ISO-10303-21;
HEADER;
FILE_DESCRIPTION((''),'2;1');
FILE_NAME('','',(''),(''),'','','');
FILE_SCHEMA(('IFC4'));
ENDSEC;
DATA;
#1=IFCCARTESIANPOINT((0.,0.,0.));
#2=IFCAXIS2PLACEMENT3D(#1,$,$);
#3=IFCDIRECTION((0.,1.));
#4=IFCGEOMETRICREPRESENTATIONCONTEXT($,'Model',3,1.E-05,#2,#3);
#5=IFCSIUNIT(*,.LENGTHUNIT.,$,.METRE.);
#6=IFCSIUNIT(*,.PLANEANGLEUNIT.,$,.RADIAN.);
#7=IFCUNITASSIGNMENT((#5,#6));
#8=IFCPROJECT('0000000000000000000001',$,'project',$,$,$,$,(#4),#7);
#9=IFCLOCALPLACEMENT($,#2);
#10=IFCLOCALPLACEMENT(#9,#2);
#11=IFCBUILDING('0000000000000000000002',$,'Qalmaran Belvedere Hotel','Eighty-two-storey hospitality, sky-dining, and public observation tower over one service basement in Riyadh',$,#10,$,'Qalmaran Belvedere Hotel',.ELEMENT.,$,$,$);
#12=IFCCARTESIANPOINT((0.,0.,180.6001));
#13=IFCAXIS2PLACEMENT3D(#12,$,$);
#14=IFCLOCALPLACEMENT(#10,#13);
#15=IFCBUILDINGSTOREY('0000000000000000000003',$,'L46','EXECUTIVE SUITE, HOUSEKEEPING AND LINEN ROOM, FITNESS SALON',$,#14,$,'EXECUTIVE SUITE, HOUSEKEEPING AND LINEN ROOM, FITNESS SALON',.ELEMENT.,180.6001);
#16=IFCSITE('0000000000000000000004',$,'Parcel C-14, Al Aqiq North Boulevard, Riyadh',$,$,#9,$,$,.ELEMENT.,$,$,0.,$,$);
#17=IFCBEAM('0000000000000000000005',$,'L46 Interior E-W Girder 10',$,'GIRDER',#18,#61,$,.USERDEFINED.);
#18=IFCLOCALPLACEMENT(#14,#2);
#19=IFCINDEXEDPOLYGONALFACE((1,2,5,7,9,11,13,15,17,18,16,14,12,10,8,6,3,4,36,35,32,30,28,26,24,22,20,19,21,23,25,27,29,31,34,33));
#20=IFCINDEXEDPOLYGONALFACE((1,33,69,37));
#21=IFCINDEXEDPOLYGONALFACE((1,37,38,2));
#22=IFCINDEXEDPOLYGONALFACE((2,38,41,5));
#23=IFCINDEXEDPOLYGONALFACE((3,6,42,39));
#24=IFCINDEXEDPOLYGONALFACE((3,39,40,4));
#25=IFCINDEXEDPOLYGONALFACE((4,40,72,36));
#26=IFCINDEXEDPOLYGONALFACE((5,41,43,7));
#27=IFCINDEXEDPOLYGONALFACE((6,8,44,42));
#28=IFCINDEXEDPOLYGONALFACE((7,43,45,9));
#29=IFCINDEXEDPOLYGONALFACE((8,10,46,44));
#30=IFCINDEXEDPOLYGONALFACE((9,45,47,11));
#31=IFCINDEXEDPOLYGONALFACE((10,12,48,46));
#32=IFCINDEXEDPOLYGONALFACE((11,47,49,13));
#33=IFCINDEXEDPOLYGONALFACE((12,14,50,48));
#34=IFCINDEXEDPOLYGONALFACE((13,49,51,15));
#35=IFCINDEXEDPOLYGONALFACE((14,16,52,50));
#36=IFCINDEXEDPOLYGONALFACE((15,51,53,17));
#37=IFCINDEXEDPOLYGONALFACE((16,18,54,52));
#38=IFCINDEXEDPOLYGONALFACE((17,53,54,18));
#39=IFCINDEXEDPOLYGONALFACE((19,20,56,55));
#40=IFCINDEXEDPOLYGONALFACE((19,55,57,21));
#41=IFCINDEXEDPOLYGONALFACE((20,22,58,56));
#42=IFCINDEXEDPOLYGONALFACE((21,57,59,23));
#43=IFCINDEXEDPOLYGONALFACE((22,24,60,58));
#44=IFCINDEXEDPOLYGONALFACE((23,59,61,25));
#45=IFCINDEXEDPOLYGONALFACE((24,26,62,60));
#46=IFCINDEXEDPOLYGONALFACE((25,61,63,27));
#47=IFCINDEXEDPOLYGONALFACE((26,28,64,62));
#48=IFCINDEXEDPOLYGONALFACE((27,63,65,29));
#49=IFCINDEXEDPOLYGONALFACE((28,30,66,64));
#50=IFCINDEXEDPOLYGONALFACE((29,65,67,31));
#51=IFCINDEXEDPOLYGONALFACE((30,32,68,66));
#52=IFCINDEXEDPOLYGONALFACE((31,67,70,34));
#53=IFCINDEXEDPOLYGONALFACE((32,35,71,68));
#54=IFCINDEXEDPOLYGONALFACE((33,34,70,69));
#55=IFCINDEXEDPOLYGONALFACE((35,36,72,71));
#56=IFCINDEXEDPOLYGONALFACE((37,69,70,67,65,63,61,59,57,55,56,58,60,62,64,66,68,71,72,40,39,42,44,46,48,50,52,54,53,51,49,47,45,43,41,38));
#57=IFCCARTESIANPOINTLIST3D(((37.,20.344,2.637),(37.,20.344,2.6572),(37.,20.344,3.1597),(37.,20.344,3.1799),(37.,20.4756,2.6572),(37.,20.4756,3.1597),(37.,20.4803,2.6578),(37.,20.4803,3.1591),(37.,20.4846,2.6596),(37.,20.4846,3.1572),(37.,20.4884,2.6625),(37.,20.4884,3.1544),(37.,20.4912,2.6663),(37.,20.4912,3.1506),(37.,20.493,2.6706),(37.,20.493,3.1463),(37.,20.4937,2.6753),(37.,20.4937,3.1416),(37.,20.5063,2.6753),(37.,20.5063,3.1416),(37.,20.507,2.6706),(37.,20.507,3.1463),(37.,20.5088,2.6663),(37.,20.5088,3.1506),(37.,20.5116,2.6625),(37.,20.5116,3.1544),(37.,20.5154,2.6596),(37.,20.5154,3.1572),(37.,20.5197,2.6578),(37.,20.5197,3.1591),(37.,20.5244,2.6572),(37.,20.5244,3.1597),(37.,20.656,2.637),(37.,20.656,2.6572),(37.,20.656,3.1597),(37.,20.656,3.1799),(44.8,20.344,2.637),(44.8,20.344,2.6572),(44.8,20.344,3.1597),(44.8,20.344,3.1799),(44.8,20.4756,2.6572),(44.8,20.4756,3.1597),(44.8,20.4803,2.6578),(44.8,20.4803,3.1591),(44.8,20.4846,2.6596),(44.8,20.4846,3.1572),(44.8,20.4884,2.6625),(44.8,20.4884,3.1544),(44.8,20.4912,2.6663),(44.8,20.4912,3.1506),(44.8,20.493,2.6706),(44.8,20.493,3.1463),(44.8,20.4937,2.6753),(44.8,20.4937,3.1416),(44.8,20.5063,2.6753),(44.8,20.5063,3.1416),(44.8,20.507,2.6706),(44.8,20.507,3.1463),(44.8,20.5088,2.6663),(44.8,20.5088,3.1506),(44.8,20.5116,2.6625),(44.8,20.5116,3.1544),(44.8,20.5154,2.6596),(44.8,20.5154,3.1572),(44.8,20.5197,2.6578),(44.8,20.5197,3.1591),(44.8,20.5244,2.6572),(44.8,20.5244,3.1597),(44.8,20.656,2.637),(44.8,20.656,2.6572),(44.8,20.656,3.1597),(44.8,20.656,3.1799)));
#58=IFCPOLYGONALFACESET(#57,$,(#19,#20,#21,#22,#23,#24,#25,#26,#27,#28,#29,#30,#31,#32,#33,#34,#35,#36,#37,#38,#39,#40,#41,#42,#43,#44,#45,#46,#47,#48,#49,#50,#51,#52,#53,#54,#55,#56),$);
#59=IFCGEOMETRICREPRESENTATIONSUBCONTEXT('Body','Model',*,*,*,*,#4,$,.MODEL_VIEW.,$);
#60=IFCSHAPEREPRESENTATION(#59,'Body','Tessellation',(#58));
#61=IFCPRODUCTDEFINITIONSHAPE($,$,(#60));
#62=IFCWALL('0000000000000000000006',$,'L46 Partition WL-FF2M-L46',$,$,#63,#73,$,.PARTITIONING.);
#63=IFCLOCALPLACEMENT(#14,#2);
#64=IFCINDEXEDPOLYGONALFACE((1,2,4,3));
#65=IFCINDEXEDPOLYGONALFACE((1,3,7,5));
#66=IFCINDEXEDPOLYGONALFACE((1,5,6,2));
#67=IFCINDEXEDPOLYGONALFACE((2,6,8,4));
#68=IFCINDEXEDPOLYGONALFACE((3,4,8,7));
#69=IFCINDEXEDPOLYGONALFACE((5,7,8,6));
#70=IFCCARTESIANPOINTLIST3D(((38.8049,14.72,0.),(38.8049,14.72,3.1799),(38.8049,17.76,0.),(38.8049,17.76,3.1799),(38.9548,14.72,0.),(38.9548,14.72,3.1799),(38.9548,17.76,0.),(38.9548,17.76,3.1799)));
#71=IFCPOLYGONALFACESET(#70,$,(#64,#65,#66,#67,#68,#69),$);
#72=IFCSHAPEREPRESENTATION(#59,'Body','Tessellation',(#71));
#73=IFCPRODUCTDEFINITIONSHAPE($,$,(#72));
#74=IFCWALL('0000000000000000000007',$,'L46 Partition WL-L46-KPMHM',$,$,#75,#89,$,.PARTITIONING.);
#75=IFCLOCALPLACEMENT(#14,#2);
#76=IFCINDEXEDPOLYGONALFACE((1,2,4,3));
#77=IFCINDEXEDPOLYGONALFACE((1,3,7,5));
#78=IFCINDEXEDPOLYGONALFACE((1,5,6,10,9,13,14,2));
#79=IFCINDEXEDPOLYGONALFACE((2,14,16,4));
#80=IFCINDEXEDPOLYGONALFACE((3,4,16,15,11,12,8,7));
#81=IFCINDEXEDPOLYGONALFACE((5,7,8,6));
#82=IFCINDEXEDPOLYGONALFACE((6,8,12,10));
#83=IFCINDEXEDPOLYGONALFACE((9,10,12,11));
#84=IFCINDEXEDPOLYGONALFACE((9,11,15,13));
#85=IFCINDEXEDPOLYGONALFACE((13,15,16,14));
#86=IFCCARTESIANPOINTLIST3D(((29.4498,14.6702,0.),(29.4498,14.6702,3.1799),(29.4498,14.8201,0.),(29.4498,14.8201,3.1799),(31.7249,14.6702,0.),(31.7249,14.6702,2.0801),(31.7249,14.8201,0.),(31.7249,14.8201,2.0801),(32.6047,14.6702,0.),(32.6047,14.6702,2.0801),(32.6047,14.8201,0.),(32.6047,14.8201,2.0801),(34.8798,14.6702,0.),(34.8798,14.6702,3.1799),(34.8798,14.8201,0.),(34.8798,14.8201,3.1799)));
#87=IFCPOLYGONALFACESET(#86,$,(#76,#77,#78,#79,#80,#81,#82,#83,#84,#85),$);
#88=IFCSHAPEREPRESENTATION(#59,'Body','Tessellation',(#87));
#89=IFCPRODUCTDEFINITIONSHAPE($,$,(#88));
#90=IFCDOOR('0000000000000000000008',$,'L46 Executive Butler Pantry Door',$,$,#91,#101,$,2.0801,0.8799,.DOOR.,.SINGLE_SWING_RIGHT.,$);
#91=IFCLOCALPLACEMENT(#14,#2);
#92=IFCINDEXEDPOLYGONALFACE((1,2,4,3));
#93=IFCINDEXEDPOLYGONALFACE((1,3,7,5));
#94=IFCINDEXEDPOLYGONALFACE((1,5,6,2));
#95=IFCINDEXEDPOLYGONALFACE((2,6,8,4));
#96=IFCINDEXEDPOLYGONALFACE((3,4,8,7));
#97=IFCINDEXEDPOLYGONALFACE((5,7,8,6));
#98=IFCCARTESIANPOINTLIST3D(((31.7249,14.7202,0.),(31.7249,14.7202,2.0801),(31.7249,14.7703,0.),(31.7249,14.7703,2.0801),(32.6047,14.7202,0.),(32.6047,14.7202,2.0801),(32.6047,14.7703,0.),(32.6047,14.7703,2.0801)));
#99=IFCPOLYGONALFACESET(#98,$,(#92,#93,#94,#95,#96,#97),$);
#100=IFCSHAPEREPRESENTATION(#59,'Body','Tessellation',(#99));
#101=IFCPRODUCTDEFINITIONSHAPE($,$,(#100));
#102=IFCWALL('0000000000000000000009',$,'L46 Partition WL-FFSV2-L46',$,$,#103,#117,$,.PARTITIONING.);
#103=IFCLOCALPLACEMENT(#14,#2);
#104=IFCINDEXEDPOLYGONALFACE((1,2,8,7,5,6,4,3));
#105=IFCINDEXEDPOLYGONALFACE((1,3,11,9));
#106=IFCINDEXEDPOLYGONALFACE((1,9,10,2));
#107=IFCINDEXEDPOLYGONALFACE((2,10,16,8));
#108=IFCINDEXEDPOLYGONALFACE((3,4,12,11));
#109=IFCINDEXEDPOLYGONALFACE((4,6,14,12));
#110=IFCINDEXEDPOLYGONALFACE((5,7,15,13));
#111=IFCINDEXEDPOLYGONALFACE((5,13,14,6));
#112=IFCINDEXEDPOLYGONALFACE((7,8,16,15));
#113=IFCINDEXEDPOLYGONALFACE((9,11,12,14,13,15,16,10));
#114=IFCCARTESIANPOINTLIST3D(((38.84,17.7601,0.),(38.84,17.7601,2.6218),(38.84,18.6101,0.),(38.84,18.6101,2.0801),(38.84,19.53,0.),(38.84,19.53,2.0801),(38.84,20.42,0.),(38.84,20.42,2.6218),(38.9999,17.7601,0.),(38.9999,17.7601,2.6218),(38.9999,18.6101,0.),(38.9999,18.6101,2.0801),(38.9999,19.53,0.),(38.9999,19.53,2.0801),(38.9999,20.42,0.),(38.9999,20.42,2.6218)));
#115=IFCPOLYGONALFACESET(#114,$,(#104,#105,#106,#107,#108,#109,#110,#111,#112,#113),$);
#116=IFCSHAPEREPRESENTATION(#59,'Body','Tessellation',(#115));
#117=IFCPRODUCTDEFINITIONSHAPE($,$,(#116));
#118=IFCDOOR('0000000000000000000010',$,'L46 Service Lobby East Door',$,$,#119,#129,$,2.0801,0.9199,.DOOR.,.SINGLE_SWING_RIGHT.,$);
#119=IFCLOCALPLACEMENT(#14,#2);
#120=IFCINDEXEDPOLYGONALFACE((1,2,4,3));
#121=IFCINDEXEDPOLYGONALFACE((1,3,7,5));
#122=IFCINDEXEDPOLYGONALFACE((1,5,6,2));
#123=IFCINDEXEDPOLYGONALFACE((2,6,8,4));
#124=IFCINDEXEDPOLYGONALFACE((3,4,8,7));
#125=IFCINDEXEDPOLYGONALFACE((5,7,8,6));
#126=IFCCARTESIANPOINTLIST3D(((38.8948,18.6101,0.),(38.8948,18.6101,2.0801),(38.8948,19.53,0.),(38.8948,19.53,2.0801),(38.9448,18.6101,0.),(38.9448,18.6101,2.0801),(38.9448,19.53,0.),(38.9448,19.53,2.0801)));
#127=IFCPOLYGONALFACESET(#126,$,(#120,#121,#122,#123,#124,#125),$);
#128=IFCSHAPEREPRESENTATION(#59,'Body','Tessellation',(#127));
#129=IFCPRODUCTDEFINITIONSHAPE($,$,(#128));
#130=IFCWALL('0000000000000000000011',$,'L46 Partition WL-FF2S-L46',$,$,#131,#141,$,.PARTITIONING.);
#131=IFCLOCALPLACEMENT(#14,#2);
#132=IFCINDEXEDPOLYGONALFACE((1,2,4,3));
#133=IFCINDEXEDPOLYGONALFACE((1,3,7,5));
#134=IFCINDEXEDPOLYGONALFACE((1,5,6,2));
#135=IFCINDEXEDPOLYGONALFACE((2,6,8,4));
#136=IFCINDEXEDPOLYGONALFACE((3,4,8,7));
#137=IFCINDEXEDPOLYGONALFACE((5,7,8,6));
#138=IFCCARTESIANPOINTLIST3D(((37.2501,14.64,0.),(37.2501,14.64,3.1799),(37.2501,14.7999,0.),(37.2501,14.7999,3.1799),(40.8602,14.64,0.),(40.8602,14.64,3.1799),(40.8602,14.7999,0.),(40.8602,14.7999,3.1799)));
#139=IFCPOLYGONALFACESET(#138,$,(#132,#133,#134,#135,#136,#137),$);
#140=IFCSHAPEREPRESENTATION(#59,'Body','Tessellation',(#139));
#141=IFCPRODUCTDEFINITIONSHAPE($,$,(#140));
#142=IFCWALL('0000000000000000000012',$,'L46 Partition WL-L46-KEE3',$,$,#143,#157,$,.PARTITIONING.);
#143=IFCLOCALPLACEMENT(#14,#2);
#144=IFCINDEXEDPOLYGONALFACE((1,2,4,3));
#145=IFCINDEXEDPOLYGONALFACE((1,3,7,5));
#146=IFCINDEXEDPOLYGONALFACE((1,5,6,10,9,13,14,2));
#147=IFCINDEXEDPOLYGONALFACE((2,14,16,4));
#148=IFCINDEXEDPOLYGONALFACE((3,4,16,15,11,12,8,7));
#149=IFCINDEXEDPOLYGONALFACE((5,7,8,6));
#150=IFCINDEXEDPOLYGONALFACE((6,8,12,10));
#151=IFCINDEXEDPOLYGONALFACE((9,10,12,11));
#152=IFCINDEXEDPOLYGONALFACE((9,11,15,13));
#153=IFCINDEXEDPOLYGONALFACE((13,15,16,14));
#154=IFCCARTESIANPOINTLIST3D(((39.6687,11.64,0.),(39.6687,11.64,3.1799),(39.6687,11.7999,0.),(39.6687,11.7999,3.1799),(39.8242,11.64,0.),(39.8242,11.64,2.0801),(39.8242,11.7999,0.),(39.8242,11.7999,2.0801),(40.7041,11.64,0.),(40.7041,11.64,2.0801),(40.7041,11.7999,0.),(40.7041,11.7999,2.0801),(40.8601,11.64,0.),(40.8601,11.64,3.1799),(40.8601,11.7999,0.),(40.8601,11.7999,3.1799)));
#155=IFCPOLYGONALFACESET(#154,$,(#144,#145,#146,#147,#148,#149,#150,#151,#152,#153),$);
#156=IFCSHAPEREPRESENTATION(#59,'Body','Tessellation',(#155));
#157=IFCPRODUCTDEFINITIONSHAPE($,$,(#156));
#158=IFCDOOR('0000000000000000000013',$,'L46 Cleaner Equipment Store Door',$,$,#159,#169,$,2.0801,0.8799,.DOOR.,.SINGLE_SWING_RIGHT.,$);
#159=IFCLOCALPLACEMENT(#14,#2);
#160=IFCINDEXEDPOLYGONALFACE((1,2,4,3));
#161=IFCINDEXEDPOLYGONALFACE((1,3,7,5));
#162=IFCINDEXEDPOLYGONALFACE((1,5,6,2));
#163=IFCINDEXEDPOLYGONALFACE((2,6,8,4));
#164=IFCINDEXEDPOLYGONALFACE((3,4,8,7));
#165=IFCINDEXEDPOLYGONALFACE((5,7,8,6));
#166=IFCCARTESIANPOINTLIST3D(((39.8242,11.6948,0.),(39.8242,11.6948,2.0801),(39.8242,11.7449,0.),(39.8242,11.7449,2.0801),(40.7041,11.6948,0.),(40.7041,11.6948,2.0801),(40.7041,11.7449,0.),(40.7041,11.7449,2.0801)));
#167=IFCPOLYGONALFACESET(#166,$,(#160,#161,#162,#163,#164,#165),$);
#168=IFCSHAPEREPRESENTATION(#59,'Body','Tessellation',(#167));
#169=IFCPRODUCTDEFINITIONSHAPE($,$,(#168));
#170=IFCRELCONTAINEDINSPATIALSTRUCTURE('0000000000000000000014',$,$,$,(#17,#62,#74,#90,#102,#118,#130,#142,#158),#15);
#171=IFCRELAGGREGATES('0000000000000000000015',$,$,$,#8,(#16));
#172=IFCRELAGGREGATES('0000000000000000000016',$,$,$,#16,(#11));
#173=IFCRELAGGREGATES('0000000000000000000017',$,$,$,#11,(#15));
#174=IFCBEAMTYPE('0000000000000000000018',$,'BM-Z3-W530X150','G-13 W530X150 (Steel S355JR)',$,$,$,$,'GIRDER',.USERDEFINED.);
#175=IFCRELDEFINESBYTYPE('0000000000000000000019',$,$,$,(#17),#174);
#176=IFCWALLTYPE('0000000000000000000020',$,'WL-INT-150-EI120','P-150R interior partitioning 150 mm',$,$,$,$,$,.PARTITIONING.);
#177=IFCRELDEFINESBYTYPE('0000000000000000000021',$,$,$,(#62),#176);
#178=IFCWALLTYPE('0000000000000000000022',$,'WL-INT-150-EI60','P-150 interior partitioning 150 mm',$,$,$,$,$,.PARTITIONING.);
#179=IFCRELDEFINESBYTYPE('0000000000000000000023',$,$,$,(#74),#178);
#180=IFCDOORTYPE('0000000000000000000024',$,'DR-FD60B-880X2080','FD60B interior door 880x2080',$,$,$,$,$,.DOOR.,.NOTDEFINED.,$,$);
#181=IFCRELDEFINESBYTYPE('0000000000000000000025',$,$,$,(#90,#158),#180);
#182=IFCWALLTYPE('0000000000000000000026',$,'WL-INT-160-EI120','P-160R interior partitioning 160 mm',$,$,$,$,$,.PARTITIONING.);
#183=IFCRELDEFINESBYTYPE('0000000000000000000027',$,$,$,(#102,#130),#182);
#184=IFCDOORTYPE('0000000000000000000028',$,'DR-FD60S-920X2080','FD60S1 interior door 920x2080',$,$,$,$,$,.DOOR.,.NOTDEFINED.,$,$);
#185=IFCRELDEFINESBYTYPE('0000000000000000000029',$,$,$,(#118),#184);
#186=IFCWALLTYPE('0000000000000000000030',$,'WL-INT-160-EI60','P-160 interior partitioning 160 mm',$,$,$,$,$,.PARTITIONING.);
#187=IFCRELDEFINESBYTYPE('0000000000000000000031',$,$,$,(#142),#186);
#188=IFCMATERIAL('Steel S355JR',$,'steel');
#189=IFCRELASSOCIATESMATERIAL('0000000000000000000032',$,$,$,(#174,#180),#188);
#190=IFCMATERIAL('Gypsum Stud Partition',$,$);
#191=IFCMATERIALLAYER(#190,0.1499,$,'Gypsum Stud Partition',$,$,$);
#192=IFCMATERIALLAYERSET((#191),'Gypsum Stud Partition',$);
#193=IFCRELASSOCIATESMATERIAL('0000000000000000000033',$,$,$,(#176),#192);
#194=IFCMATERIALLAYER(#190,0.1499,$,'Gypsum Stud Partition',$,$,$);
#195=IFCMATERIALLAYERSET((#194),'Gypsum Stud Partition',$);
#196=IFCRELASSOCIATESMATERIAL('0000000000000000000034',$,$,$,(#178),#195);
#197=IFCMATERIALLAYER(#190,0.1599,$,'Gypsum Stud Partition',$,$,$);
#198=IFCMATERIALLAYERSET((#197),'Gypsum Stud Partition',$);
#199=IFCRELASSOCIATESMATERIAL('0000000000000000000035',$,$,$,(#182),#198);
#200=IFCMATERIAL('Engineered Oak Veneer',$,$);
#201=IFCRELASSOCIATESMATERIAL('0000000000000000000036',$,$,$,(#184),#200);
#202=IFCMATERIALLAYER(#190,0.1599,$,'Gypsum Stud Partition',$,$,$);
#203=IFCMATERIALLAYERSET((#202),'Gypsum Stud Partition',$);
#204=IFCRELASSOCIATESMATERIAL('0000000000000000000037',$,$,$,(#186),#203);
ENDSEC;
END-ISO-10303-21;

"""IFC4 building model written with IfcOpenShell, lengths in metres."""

from ifc_helpers import new_model, si_unit, direction, frame, frame_2d, origin, origin_2d, place, context, subcontext, project, spatial, rectangle, i_section, extrude, material, layer, layer_set, material_profile, profile_set, type_object, element, fill, save


model = new_model("IFC4")

# Units and contexts
model_context = context("Model", 3, precision=1e-05, world=origin(), true_north=direction((0.0, 1.0)))
body_context = subcontext(model_context, "Body", "Model", "MODEL_VIEW")
ifc_project = project(units=[si_unit("LENGTHUNIT", "METRE"), si_unit("PLANEANGLEUNIT", "RADIAN")], contexts=[model_context])

# Site, building, storey
site_placement = place(None, origin())
site = spatial("IfcSite", under=ifc_project, at=site_placement, Name="Parcel C-14, Al Aqiq North Boulevard, Riyadh", CompositionType="ELEMENT", RefElevation=0.0)
building_placement = place(site_placement, origin())
building = spatial("IfcBuilding", under=site, at=building_placement, Name="Qalmaran Belvedere Hotel", Description="Eighty-two-storey hospitality, sky-dining, and public observation tower over one service basement in Riyadh", LongName="Qalmaran Belvedere Hotel", CompositionType="ELEMENT")
storey_placement = place(building_placement, frame((0.0, 0.0, 180.6001)))
storey = spatial("IfcBuildingStorey", under=building, at=storey_placement, Name="L46", Description="EXECUTIVE SUITE, HOUSEKEEPING AND LINEN ROOM, FITNESS SALON", LongName="EXECUTIVE SUITE, HOUSEKEEPING AND LINEN ROOM, FITNESS SALON", CompositionType="ELEMENT", Elevation=180.6001)

# Beam
ifc_material_1 = material(Name="Steel S355JR", Category="steel")
ifc_material_profile_1 = material_profile(ifc_material_1, i_section(OverallWidth=0.312, OverallDepth=0.543, WebThickness=0.0127, FlangeThickness=0.0203, FilletRadius=0.0181, at=origin_2d()), Name="W530X150")
ifc_profile_set_1 = profile_set([ifc_material_profile_1], Name="Steel S355JR")
beam_type_1 = type_object("IfcBeamType", Name="BM-Z3-W530X150", Description="G-13 W530X150 (Steel S355JR)", ElementType="GIRDER", PredefinedType="USERDEFINED", material=ifc_profile_set_1)
for number, where, z_axis, x_axis, name in (
    (1, (37.0, 20.5, 2.9084), (1.0, 0.0, 0.0), (0.0, 1.0, 0.0), "L46 Interior E-W Girder 10"),
):
    element("IfcBeam", number, at=place(storey_placement, frame(where, z_axis=z_axis, x_axis=x_axis)), inside=storey, type_object=beam_type_1, Name=name, ObjectType="GIRDER", PredefinedType="USERDEFINED", context=body_context, shape_type="SweptSolid", body=[
        extrude(i_section(OverallWidth=0.312, OverallDepth=0.543, WebThickness=0.0127, FlangeThickness=0.0203, FilletRadius=0.0181, at=origin_2d()), origin(), (0.0, 0.0, 1.0), 7.8),
    ])

# Wall
ifc_material_2 = material(Name="Gypsum Stud Partition")
ifc_layer_1 = layer(ifc_material_2, 0.1499, Name="Gypsum Stud Partition")
ifc_layer_set_1 = layer_set([ifc_layer_1], Name="Gypsum Stud Partition")
wall_type_1 = type_object("IfcWallType", Name="WL-INT-150-EI120", Description="P-150R interior partitioning 150 mm", PredefinedType="PARTITIONING", material=ifc_layer_set_1)
wall_1_placement = place(storey_placement, frame((38.8799, 14.72, 0.0), z_axis=(0.0, 0.0, 1.0), x_axis=(0.0, 1.0, 0.0)))
element("IfcWall", 2, at=wall_1_placement, inside=storey, type_object=wall_type_1, Name="L46 Partition WL-FF2M-L46", PredefinedType="PARTITIONING", context=body_context, shape_type="SweptSolid", body=[
    extrude(rectangle(XDim=3.04, YDim=0.1499, at=frame_2d((1.52, 0.0))), origin(), (0.0, 0.0, 1.0), 3.1799),
])
ifc_layer_2 = layer(ifc_material_2, 0.1499, Name="Gypsum Stud Partition")
ifc_layer_set_2 = layer_set([ifc_layer_2], Name="Gypsum Stud Partition")
wall_type_2 = type_object("IfcWallType", Name="WL-INT-150-EI60", Description="P-150 interior partitioning 150 mm", PredefinedType="PARTITIONING", material=ifc_layer_set_2)

# Walls, openings, doors
wall_2_placement = place(storey_placement, frame((29.45, 14.7451, 0.0), z_axis=(0.0, 0.0, 1.0), x_axis=(1.0, 0.0, 0.0)))
wall_2 = element("IfcWall", 3, at=wall_2_placement, inside=storey, type_object=wall_type_2, Name="L46 Partition WL-L46-KPMHM", PredefinedType="PARTITIONING", context=body_context, shape_type="SweptSolid", body=[
    extrude(rectangle(XDim=5.4299, YDim=0.1499, at=frame_2d((2.7148, 0.0))), origin(), (0.0, 0.0, 1.0), 3.1799),
])
opening_1_placement = place(wall_2_placement, frame((3.1548, 0.0, 0.0), z_axis=(0.0, 0.0, 1.0), x_axis=(-1.0, 0.0, 0.0)))
opening_1 = element("IfcOpeningElement", 4, at=opening_1_placement, cuts=wall_2, PredefinedType="OPENING", context=body_context, shape_type="SweptSolid", body=[
    extrude(rectangle(XDim=0.8799, YDim=2.0801, at=frame_2d((0.4399, 1.04))), frame((0.0, 0.085, 0.0), z_axis=(0.0, -1.0, 0.0), x_axis=(1.0, 0.0, 0.0)), (0.0, 0.0, 1.0), 0.1699),
])
door_type_1 = type_object("IfcDoorType", Name="DR-FD60B-880X2080", Description="FD60B interior door 880x2080", OperationType="NOTDEFINED", PredefinedType="DOOR", material=ifc_material_1)
door_1_placement = place(opening_1_placement, origin())
door_1 = element("IfcDoor", 5, at=door_1_placement, inside=storey, type_object=door_type_1, Name="L46 Executive Butler Pantry Door", OperationType="SINGLE_SWING_RIGHT", OverallHeight=2.0801, OverallWidth=0.8799, PredefinedType="DOOR", context=body_context, shape_type="SweptSolid", body=[
    extrude(rectangle(XDim=0.8799, YDim=2.0801, at=frame_2d((0.4399, 1.04))), frame((0.0, 0.0249, 0.0), z_axis=(0.0, -1.0, 0.0), x_axis=(1.0, 0.0, 0.0)), (0.0, 0.0, 1.0), 0.05),
])
fill(opening_1, door_1)
ifc_layer_3 = layer(ifc_material_2, 0.1599, Name="Gypsum Stud Partition")
ifc_layer_set_3 = layer_set([ifc_layer_3], Name="Gypsum Stud Partition")
wall_type_3 = type_object("IfcWallType", Name="WL-INT-160-EI120", Description="P-160R interior partitioning 160 mm", PredefinedType="PARTITIONING", material=ifc_layer_set_3)
wall_3_placement = place(storey_placement, frame((38.9199, 17.76, 0.0), z_axis=(0.0, 0.0, 1.0), x_axis=(0.0, 1.0, 0.0)))
wall_3 = element("IfcWall", 6, at=wall_3_placement, inside=storey, type_object=wall_type_3, Name="L46 Partition WL-FFSV2-L46", PredefinedType="PARTITIONING", context=body_context, shape_type="SweptSolid", body=[
    extrude(rectangle(XDim=2.6599, YDim=0.1599, at=frame_2d((1.3301, 0.0))), origin(), (0.0, 0.0, 1.0), 2.6218),
])
opening_2_placement = place(wall_3_placement, frame((1.77, 0.0, 0.0), z_axis=(0.0, 0.0, 1.0), x_axis=(-1.0, 0.0, 0.0)))
opening_2 = element("IfcOpeningElement", 7, at=opening_2_placement, cuts=wall_3, PredefinedType="OPENING", context=body_context, shape_type="SweptSolid", body=[
    extrude(rectangle(XDim=0.9199, YDim=2.0801, at=frame_2d((0.46, 1.04))), frame((0.0, 0.0898, 0.0), z_axis=(0.0, -1.0, 0.0), x_axis=(1.0, 0.0, 0.0)), (0.0, 0.0, 1.0), 0.1799),
])
ifc_material_3 = material(Name="Engineered Oak Veneer")
door_type_2 = type_object("IfcDoorType", Name="DR-FD60S-920X2080", Description="FD60S1 interior door 920x2080", OperationType="NOTDEFINED", PredefinedType="DOOR", material=ifc_material_3)
door_2_placement = place(opening_2_placement, origin())
door_2 = element("IfcDoor", 8, at=door_2_placement, inside=storey, type_object=door_type_2, Name="L46 Service Lobby East Door", OperationType="SINGLE_SWING_RIGHT", OverallHeight=2.0801, OverallWidth=0.9199, PredefinedType="DOOR", context=body_context, shape_type="SweptSolid", body=[
    extrude(rectangle(XDim=0.9199, YDim=2.0801, at=frame_2d((0.46, 1.04))), frame((0.0, 0.0249, 0.0), z_axis=(0.0, -1.0, 0.0), x_axis=(1.0, 0.0, 0.0)), (0.0, 0.0, 1.0), 0.05),
])
fill(opening_2, door_2)

# Wall
wall_4_placement = place(storey_placement, frame((37.25, 14.72, 0.0), z_axis=(0.0, 0.0, 1.0), x_axis=(1.0, 0.0, 0.0)))
element("IfcWall", 9, at=wall_4_placement, inside=storey, type_object=wall_type_3, Name="L46 Partition WL-FF2S-L46", PredefinedType="PARTITIONING", context=body_context, shape_type="SweptSolid", body=[
    extrude(rectangle(XDim=3.6101, YDim=0.1599, at=frame_2d((1.8052, 0.0))), origin(), (0.0, 0.0, 1.0), 3.1799),
])

# Wall, opening, door
ifc_layer_4 = layer(ifc_material_2, 0.1599, Name="Gypsum Stud Partition")
ifc_layer_set_4 = layer_set([ifc_layer_4], Name="Gypsum Stud Partition")
wall_type_4 = type_object("IfcWallType", Name="WL-INT-160-EI60", Description="P-160 interior partitioning 160 mm", PredefinedType="PARTITIONING", material=ifc_layer_set_4)
wall_5_placement = place(storey_placement, frame((39.6687, 11.72, 0.0), z_axis=(0.0, 0.0, 1.0), x_axis=(1.0, 0.0, 0.0)))
wall_5 = element("IfcWall", 10, at=wall_5_placement, inside=storey, type_object=wall_type_4, Name="L46 Partition WL-L46-KEE3", PredefinedType="PARTITIONING", context=body_context, shape_type="SweptSolid", body=[
    extrude(rectangle(XDim=1.1914, YDim=0.1599, at=frame_2d((0.5957, 0.0))), origin(), (0.0, 0.0, 1.0), 3.1799),
])
opening_3_placement = place(wall_5_placement, frame((0.1555, 0.0, 0.0)))
opening_3 = element("IfcOpeningElement", 11, at=opening_3_placement, cuts=wall_5, PredefinedType="OPENING", context=body_context, shape_type="SweptSolid", body=[
    extrude(rectangle(XDim=0.8799, YDim=2.0801, at=frame_2d((0.4399, 1.04))), frame((0.0, 0.0898, 0.0), z_axis=(0.0, -1.0, 0.0), x_axis=(1.0, 0.0, 0.0)), (0.0, 0.0, 1.0), 0.1799),
])
door_3_placement = place(opening_3_placement, origin())
door_3 = element("IfcDoor", 12, at=door_3_placement, inside=storey, type_object=door_type_1, Name="L46 Cleaner Equipment Store Door", OperationType="SINGLE_SWING_RIGHT", OverallHeight=2.0801, OverallWidth=0.8799, PredefinedType="DOOR", context=body_context, shape_type="SweptSolid", body=[
    extrude(rectangle(XDim=0.8799, YDim=2.0801, at=frame_2d((0.4399, 1.04))), frame((0.0, 0.0249, 0.0), z_axis=(0.0, -1.0, 0.0), x_axis=(1.0, 0.0, 0.0)), (0.0, 0.0, 1.0), 0.05),
])
fill(opening_3, door_3)

save(model, "model.ifc")
